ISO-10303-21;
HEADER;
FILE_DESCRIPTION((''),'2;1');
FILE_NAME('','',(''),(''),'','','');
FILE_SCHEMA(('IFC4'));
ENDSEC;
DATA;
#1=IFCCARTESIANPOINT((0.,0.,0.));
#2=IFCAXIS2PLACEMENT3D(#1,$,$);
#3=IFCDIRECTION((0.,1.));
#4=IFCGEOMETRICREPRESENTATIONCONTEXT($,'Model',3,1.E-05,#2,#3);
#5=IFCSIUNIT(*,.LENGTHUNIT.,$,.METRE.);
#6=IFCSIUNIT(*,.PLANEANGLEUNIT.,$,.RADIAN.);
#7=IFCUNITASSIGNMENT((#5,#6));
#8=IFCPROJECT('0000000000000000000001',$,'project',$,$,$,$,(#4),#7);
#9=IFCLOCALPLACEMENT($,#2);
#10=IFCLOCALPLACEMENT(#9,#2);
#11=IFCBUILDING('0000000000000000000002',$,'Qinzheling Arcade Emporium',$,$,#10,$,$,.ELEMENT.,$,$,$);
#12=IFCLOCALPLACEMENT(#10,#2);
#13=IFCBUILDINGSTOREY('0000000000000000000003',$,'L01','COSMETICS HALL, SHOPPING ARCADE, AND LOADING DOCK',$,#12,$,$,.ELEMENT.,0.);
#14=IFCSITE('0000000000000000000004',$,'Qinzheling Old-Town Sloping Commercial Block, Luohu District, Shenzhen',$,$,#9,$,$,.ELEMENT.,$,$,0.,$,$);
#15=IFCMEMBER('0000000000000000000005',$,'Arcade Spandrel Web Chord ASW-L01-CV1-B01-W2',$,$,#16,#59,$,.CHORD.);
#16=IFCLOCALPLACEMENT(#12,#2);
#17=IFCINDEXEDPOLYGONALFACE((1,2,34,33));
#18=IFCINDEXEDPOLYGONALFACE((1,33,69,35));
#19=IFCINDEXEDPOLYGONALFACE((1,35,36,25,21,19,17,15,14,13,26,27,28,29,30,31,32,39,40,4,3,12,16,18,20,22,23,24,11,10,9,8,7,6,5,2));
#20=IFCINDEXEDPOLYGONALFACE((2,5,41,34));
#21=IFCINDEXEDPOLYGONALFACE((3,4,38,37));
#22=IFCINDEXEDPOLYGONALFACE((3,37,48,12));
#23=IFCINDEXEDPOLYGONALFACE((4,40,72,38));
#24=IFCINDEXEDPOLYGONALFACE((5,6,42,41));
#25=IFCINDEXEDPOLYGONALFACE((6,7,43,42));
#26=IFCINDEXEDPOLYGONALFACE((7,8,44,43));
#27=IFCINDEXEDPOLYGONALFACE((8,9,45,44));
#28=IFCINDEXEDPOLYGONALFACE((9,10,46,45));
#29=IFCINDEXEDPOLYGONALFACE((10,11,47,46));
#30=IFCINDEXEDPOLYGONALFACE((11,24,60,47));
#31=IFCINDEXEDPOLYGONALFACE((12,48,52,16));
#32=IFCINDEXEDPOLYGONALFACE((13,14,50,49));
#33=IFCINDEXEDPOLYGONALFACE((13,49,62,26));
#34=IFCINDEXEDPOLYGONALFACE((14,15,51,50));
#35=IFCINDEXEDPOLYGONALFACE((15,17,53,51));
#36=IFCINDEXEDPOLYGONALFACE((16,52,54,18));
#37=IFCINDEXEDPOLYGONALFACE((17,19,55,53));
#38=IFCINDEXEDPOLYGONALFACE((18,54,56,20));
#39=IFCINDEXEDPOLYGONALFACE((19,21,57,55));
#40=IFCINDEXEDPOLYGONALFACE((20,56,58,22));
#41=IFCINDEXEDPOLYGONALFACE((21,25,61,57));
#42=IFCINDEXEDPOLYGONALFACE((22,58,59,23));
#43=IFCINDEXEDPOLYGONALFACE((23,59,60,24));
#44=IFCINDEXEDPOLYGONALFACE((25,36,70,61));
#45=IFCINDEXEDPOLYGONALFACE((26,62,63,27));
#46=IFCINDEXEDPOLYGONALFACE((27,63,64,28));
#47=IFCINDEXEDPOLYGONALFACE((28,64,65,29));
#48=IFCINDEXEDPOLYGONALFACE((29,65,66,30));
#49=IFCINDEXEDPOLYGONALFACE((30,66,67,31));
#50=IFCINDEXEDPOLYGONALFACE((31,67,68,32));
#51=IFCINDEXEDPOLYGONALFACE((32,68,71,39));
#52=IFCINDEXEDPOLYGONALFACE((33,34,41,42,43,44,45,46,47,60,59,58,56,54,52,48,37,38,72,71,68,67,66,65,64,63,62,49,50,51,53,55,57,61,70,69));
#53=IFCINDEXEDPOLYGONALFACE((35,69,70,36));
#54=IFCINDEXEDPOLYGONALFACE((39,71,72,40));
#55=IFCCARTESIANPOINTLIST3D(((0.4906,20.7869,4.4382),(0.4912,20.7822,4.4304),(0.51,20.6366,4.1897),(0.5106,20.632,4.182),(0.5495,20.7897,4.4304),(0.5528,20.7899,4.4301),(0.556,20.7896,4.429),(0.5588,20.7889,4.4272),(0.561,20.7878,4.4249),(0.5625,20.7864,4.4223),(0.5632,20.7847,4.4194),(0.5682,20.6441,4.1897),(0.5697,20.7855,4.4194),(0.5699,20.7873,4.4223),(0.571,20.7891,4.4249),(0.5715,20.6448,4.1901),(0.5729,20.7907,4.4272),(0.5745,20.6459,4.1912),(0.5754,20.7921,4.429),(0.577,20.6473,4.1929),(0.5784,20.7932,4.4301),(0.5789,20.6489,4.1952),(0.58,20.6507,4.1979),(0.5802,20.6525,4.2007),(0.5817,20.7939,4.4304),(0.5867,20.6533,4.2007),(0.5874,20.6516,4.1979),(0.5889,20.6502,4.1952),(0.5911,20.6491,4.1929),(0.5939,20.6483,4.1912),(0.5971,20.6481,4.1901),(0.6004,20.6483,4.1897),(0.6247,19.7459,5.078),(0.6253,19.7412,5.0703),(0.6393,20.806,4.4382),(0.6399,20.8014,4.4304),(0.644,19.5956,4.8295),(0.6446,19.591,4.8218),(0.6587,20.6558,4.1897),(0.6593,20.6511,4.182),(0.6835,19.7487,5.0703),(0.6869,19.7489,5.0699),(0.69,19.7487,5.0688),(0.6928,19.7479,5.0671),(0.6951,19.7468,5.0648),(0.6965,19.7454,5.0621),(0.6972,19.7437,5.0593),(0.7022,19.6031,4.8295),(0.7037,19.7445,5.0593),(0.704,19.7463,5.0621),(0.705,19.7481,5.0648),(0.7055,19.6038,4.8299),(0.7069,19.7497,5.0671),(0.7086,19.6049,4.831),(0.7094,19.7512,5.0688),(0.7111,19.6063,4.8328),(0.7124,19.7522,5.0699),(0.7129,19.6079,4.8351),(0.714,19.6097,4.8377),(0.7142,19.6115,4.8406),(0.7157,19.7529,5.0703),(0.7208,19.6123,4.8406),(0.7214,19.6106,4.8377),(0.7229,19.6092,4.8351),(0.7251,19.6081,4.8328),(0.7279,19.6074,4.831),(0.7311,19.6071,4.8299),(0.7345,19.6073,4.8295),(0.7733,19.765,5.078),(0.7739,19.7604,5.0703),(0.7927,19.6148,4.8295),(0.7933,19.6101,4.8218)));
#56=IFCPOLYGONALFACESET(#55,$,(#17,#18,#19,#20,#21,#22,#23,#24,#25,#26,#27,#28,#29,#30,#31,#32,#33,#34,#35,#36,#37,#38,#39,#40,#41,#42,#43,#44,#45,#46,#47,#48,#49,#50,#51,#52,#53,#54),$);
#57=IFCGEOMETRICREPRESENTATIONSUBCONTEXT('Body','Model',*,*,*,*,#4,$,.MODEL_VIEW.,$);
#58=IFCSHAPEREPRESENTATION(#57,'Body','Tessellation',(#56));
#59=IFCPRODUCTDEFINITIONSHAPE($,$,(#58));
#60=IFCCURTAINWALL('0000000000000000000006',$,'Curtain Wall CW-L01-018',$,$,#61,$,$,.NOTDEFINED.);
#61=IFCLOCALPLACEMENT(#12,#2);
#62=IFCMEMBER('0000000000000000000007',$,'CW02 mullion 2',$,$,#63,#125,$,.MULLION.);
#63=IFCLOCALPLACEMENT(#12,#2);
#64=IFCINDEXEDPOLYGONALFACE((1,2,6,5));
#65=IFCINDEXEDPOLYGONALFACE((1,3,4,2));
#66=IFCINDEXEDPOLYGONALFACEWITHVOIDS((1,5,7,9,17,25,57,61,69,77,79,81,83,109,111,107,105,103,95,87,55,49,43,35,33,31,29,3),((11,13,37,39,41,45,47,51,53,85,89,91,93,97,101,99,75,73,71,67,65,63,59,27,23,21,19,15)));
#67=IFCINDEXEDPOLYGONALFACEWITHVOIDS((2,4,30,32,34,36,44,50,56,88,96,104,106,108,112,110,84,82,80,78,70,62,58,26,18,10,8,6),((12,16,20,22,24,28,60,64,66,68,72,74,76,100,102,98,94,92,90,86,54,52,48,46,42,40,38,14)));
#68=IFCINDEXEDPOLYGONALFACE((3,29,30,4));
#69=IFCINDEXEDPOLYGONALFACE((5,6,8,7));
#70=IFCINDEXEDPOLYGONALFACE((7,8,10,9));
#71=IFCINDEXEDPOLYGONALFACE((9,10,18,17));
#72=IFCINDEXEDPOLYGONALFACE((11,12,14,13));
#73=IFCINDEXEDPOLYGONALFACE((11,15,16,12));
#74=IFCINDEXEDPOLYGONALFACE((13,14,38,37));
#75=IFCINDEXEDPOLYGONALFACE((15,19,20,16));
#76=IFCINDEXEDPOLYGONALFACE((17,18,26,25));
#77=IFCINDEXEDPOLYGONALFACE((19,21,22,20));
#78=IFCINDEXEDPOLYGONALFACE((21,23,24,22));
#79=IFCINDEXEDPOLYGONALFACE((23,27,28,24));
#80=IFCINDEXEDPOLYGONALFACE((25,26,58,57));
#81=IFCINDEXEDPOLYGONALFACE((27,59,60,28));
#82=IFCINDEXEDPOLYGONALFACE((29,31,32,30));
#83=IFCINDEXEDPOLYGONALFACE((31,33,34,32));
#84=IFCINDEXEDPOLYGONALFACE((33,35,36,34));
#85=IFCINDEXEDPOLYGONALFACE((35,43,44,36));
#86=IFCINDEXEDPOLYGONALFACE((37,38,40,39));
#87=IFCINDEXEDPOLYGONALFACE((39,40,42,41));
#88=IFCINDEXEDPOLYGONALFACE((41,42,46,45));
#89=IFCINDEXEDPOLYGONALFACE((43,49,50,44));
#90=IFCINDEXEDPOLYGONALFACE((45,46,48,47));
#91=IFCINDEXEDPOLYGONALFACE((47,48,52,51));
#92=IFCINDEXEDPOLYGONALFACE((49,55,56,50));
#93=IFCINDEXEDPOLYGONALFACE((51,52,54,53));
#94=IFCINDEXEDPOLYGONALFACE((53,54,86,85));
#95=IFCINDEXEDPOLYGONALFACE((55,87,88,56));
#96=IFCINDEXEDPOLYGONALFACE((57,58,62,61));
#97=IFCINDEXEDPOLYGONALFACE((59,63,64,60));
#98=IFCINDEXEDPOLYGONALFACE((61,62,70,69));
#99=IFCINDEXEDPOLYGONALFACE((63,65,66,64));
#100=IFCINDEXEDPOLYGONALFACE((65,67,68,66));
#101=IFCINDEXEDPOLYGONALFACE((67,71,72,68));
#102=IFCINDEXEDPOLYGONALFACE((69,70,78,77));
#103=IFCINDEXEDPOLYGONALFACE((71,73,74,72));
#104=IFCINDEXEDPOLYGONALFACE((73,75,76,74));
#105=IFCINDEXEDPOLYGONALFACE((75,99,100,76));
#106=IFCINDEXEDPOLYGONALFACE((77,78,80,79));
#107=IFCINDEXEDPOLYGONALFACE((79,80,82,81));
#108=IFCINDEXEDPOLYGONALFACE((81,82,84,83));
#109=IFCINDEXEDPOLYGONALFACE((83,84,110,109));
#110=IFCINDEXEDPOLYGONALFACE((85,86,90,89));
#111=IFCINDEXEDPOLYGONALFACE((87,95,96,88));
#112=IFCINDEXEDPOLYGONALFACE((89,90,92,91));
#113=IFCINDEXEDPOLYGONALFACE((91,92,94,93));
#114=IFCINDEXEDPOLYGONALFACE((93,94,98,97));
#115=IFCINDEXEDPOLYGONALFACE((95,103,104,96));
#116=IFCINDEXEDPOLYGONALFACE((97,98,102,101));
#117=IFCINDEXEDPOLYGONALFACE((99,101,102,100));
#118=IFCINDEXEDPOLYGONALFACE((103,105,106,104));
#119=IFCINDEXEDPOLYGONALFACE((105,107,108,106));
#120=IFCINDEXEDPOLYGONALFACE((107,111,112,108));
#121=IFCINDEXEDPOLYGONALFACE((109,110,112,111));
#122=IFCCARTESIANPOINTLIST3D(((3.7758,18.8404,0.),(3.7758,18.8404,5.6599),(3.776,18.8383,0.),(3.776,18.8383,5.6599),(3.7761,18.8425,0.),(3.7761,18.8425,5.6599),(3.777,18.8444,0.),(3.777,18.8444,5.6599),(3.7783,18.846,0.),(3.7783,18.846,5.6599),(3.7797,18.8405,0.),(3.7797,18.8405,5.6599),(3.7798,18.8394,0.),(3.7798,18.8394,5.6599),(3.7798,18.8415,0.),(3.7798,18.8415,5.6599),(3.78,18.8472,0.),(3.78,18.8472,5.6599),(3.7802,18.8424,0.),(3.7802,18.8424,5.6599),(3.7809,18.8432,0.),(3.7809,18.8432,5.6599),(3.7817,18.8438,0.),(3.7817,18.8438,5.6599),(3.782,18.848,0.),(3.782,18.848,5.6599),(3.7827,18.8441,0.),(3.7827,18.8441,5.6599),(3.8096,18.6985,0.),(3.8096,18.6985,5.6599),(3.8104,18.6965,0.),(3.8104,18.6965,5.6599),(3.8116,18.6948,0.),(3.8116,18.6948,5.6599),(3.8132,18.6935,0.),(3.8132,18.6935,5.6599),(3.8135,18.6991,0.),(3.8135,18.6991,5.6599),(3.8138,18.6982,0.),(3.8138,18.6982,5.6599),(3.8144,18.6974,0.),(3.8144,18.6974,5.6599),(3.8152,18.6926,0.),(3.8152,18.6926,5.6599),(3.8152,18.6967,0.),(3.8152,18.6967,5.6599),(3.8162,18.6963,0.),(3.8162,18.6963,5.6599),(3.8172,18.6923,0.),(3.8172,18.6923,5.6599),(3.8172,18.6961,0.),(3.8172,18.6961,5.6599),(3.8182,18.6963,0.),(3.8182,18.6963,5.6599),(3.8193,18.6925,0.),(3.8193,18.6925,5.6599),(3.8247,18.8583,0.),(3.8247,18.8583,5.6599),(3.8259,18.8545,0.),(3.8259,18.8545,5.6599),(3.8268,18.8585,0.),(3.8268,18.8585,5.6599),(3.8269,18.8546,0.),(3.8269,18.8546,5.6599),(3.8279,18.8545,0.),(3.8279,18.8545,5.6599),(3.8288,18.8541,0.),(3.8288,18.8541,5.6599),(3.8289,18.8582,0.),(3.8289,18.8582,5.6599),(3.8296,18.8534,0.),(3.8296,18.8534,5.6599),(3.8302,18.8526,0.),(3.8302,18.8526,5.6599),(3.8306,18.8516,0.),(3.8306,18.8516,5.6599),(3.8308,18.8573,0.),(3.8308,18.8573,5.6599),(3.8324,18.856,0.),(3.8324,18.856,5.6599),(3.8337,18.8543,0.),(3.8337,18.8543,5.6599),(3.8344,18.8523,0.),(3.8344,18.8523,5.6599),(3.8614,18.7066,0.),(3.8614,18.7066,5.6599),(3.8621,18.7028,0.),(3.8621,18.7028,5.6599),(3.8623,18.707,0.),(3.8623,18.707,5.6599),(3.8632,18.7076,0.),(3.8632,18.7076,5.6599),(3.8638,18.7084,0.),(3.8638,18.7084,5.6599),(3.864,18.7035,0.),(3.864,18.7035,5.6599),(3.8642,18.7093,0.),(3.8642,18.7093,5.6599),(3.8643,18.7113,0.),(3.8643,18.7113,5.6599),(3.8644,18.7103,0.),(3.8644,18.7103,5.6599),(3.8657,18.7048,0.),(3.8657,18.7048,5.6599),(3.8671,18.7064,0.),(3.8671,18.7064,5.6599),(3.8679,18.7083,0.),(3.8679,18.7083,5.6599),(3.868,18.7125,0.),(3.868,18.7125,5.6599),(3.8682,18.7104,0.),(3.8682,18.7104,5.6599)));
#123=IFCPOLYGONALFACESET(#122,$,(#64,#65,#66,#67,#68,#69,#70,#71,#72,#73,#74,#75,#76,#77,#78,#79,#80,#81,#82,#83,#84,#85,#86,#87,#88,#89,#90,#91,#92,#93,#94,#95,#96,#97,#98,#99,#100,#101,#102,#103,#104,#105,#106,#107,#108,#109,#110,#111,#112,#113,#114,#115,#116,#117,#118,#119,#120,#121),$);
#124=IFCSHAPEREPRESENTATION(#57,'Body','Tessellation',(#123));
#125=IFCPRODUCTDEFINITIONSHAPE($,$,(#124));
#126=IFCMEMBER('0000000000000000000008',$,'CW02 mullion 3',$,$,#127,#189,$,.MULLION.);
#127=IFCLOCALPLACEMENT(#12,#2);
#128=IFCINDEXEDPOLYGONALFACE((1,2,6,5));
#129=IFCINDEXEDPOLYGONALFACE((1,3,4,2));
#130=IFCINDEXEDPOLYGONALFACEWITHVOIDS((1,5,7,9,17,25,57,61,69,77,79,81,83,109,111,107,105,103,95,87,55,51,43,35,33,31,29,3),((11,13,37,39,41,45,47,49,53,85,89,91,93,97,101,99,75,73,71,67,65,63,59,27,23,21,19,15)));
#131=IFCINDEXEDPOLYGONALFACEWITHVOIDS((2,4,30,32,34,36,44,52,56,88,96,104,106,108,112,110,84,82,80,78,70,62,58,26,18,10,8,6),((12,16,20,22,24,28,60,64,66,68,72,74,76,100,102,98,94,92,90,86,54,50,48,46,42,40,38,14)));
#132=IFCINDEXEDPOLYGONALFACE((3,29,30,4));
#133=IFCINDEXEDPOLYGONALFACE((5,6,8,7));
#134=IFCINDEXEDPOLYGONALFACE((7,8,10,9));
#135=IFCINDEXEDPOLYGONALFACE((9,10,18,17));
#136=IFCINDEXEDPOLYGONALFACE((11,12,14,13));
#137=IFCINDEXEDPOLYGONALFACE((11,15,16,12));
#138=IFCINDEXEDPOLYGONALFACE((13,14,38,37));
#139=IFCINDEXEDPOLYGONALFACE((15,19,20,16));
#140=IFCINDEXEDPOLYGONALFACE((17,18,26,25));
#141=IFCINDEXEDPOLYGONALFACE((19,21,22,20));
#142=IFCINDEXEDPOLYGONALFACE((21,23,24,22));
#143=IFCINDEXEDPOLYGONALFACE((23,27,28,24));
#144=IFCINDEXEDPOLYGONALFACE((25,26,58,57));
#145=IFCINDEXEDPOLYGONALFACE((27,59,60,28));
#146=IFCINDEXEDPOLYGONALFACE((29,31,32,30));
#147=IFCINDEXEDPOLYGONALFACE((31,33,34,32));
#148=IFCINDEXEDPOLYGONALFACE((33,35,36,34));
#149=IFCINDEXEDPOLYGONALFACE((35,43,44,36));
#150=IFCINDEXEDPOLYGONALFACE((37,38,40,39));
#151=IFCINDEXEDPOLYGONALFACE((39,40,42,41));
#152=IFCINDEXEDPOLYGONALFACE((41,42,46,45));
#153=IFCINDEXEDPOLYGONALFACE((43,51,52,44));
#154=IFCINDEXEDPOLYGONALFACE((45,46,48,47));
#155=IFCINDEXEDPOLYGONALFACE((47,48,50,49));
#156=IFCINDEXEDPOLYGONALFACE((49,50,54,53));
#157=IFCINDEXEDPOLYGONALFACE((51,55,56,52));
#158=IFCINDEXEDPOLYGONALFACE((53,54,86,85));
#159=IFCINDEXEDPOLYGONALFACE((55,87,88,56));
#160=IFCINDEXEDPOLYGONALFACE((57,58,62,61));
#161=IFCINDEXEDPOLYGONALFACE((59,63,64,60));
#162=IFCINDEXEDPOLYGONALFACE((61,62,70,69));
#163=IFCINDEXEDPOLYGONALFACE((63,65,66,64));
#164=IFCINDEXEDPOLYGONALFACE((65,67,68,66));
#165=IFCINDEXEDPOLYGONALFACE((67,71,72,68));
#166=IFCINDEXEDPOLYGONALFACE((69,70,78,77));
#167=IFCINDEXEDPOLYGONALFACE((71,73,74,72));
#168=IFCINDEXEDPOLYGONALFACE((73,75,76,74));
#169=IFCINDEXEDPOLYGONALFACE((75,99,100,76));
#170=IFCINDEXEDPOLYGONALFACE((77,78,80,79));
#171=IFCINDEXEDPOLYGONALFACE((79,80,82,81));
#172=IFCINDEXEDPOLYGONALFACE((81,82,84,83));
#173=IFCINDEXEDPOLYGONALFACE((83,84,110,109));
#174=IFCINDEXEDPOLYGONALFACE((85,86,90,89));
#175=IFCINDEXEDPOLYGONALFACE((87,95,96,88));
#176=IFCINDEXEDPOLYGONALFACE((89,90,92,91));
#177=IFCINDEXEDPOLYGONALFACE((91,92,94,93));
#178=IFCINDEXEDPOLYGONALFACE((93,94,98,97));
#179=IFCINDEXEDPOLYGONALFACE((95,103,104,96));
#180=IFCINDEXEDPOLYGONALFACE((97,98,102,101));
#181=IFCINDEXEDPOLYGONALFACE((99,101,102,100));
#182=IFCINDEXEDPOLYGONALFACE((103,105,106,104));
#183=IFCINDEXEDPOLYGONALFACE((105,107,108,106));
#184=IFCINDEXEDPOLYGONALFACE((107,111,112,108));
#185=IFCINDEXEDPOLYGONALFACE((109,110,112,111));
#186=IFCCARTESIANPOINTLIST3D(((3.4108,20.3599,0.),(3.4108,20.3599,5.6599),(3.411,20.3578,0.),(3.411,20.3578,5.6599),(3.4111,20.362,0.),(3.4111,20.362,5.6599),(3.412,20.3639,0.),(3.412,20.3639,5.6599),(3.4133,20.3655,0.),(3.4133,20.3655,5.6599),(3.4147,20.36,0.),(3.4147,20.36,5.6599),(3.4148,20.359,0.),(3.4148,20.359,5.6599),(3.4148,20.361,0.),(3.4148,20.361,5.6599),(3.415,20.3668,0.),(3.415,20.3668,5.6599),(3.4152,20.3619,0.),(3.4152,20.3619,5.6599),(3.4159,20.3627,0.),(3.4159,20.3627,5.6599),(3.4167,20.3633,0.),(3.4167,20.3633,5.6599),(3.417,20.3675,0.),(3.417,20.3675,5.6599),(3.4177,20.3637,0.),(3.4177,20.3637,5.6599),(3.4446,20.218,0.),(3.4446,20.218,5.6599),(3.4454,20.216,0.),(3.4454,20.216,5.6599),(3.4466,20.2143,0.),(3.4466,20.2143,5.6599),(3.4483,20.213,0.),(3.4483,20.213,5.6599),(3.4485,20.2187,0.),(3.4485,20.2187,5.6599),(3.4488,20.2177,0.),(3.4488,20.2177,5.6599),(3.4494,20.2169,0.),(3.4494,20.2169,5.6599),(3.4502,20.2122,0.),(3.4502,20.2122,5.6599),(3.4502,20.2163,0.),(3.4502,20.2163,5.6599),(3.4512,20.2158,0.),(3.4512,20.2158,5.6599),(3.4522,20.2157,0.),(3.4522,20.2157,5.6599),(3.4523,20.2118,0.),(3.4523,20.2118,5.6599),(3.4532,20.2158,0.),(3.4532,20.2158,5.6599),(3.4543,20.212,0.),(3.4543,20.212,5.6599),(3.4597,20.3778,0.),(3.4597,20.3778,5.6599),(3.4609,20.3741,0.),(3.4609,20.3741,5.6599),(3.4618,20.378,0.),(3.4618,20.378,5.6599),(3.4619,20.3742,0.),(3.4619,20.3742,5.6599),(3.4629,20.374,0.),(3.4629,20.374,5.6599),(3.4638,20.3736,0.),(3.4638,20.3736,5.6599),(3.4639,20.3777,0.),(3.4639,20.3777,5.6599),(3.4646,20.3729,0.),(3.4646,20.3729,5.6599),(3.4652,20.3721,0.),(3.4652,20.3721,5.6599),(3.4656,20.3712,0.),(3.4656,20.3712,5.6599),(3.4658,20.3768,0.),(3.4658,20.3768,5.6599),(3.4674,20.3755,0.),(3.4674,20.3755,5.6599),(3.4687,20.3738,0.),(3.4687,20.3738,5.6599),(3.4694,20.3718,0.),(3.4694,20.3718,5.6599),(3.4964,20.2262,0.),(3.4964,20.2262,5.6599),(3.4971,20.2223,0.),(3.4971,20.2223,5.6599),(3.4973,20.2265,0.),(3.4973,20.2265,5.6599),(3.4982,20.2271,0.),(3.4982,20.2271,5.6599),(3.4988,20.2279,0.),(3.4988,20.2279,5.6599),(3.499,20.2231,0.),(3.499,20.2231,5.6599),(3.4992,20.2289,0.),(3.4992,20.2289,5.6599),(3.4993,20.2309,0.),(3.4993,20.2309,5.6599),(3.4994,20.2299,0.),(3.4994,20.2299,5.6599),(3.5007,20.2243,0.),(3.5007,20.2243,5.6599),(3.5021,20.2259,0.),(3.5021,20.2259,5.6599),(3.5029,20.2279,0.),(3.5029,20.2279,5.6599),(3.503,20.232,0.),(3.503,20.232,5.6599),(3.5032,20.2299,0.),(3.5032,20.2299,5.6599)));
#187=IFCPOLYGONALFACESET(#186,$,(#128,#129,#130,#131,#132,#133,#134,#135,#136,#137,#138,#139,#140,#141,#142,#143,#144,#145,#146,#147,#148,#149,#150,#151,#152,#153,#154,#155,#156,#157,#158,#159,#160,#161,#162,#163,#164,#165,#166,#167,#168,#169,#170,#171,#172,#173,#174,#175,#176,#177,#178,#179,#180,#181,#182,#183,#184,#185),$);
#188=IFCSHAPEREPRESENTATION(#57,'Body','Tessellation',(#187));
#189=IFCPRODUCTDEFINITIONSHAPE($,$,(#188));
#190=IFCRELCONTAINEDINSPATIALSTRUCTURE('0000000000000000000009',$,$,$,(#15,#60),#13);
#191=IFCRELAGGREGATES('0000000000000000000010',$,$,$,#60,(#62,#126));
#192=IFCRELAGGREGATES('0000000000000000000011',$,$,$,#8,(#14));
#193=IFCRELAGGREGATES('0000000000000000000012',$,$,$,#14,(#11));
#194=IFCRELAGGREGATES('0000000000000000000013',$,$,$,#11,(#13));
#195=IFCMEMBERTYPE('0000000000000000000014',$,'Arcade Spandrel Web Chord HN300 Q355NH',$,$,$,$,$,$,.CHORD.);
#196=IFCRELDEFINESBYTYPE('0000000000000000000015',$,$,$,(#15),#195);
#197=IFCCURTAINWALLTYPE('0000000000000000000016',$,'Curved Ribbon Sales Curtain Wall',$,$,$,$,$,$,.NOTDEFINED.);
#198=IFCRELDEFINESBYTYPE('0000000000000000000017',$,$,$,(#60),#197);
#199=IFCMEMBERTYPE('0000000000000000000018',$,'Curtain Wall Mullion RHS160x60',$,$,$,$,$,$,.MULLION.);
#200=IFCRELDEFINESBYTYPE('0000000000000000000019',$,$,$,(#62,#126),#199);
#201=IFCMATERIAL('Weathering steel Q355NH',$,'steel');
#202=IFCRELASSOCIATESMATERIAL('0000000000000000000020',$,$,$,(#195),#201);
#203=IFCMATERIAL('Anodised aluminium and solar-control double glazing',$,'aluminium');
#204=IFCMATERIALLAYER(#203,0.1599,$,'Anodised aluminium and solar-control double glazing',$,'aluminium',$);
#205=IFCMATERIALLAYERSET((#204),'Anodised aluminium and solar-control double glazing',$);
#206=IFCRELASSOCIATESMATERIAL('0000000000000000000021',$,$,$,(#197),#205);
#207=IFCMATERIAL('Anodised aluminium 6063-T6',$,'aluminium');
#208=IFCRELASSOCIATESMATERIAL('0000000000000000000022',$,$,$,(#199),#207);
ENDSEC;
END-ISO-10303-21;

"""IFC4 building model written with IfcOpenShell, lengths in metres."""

from ifc_helpers import new_model, si_unit, direction, frame, origin, origin_2d, place, context, subcontext, project, spatial, hollow_rectangle, i_section, extrude, material, layer, layer_set, material_profile, profile_set, type_object, element, aggregate, save


model = new_model("IFC4")

# Units and contexts
model_context = context("Model", 3, precision=1e-05, world=origin(), true_north=direction((0.0, 1.0)))
body_context = subcontext(model_context, "Body", "Model", "MODEL_VIEW")
ifc_project = project(units=[si_unit("LENGTHUNIT", "METRE"), si_unit("PLANEANGLEUNIT", "RADIAN")], contexts=[model_context])

# Site, building, storey
site_placement = place(None, origin())
site = spatial("IfcSite", under=ifc_project, at=site_placement, Name="Qinzheling Old-Town Sloping Commercial Block, Luohu District, Shenzhen", CompositionType="ELEMENT", RefElevation=0.0)
building_placement = place(site_placement, origin())
building = spatial("IfcBuilding", under=site, at=building_placement, Name="Qinzheling Arcade Emporium", CompositionType="ELEMENT")
storey_placement = place(building_placement, origin())
storey = spatial("IfcBuildingStorey", under=building, at=storey_placement, Name="L01", Description="COSMETICS HALL, SHOPPING ARCADE, AND LOADING DOCK", CompositionType="ELEMENT", Elevation=0.0)

# Shared definitions
ifc_material_1 = material(Name="Weathering steel Q355NH", Category="steel")

# Member
ifc_material_profile_1 = material_profile(ifc_material_1, i_section(OverallWidth=0.1499, OverallDepth=0.3, WebThickness=0.0066, FlangeThickness=0.009, FilletRadius=0.0129, at=origin_2d()), Name="HN 300x150x6.5x9", Category="steel")
ifc_profile_set_1 = profile_set([ifc_material_profile_1], Name="Weathering steel Q355NH")
member_type_1 = type_object("IfcMemberType", Name="Arcade Spandrel Web Chord HN300 Q355NH", PredefinedType="CHORD", material=ifc_profile_set_1)
for number, where, z_axis, x_axis, name in (
    (1, (0.575, 20.719, 4.3101), (0.109033, -0.846847, 0.520541), (0.991813, 0.127698, 0.0), "Arcade Spandrel Web Chord ASW-L01-CV1-B01-W2"),
):
    element("IfcMember", number, at=place(storey_placement, frame(where, z_axis=z_axis, x_axis=x_axis)), inside=storey, type_object=member_type_1, Name=name, PredefinedType="CHORD", context=body_context, shape_type="SweptSolid", body=[
        extrude(i_section(OverallWidth=0.1499, OverallDepth=0.3, WebThickness=0.0066, FlangeThickness=0.009, FilletRadius=0.0129, at=origin_2d()), origin(), (0.0, 0.0, 1.0), 1.2292),
    ])

# Curtain wall, members
ifc_material_2 = material(Name="Anodised aluminium and solar-control double glazing", Category="aluminium")
ifc_layer_1 = layer(ifc_material_2, 0.1599, Name="Anodised aluminium and solar-control double glazing", Category="aluminium")
ifc_layer_set_1 = layer_set([ifc_layer_1], Name="Anodised aluminium and solar-control double glazing")
curtain_wall_type = type_object("IfcCurtainWallType", Name="Curved Ribbon Sales Curtain Wall", PredefinedType="NOTDEFINED", material=ifc_layer_set_1)
curtain_wall_placement = place(storey_placement, origin())
curtain_wall = element("IfcCurtainWall", 2, at=curtain_wall_placement, inside=storey, type_object=curtain_wall_type, Name="Curtain Wall CW-L01-018", PredefinedType="NOTDEFINED")
ifc_material_3 = material(Name="Anodised aluminium 6063-T6", Category="aluminium")
ifc_material_profile_2 = material_profile(ifc_material_3, hollow_rectangle(XDim=0.0601, YDim=0.1599, WallThickness=0.0039, InnerFilletRadius=0.0039, OuterFilletRadius=0.0081, at=origin_2d()), Name="RHS 160x60x4", Category="aluminium")
ifc_profile_set_2 = profile_set([ifc_material_profile_2], Name="Anodised aluminium 6063-T6")
member_type_2 = type_object("IfcMemberType", Name="Curtain Wall Mullion RHS160x60", PredefinedType="MULLION", material=ifc_profile_set_2)
member_1_placement = place(storey_placement, frame((3.822, 18.7754, 0.0), z_axis=(0.0, 0.0, 1.0), x_axis=(-0.972336, -0.233587, 0.0)))
member_1 = element("IfcMember", 3, at=member_1_placement, type_object=member_type_2, Name="CW02 mullion 2", PredefinedType="MULLION", context=body_context, shape_type="SweptSolid", body=[
    extrude(hollow_rectangle(XDim=0.0601, YDim=0.1599, WallThickness=0.0039, InnerFilletRadius=0.0039, OuterFilletRadius=0.0081, at=origin_2d()), origin(), (0.0, 0.0, 1.0), 5.6599),
])
member_2_placement = place(storey_placement, frame((3.457, 20.2949, 0.0), z_axis=(0.0, 0.0, 1.0), x_axis=(-0.972336, -0.233587, 0.0)))
member_2 = element("IfcMember", 4, at=member_2_placement, type_object=member_type_2, Name="CW02 mullion 3", PredefinedType="MULLION", context=body_context, shape_type="SweptSolid", body=[
    extrude(hollow_rectangle(XDim=0.0601, YDim=0.1599, WallThickness=0.0039, InnerFilletRadius=0.0039, OuterFilletRadius=0.0081, at=origin_2d()), origin(), (0.0, 0.0, 1.0), 5.6599),
])

aggregate(curtain_wall, [member_1, member_2])

save(model, "model.ifc")
